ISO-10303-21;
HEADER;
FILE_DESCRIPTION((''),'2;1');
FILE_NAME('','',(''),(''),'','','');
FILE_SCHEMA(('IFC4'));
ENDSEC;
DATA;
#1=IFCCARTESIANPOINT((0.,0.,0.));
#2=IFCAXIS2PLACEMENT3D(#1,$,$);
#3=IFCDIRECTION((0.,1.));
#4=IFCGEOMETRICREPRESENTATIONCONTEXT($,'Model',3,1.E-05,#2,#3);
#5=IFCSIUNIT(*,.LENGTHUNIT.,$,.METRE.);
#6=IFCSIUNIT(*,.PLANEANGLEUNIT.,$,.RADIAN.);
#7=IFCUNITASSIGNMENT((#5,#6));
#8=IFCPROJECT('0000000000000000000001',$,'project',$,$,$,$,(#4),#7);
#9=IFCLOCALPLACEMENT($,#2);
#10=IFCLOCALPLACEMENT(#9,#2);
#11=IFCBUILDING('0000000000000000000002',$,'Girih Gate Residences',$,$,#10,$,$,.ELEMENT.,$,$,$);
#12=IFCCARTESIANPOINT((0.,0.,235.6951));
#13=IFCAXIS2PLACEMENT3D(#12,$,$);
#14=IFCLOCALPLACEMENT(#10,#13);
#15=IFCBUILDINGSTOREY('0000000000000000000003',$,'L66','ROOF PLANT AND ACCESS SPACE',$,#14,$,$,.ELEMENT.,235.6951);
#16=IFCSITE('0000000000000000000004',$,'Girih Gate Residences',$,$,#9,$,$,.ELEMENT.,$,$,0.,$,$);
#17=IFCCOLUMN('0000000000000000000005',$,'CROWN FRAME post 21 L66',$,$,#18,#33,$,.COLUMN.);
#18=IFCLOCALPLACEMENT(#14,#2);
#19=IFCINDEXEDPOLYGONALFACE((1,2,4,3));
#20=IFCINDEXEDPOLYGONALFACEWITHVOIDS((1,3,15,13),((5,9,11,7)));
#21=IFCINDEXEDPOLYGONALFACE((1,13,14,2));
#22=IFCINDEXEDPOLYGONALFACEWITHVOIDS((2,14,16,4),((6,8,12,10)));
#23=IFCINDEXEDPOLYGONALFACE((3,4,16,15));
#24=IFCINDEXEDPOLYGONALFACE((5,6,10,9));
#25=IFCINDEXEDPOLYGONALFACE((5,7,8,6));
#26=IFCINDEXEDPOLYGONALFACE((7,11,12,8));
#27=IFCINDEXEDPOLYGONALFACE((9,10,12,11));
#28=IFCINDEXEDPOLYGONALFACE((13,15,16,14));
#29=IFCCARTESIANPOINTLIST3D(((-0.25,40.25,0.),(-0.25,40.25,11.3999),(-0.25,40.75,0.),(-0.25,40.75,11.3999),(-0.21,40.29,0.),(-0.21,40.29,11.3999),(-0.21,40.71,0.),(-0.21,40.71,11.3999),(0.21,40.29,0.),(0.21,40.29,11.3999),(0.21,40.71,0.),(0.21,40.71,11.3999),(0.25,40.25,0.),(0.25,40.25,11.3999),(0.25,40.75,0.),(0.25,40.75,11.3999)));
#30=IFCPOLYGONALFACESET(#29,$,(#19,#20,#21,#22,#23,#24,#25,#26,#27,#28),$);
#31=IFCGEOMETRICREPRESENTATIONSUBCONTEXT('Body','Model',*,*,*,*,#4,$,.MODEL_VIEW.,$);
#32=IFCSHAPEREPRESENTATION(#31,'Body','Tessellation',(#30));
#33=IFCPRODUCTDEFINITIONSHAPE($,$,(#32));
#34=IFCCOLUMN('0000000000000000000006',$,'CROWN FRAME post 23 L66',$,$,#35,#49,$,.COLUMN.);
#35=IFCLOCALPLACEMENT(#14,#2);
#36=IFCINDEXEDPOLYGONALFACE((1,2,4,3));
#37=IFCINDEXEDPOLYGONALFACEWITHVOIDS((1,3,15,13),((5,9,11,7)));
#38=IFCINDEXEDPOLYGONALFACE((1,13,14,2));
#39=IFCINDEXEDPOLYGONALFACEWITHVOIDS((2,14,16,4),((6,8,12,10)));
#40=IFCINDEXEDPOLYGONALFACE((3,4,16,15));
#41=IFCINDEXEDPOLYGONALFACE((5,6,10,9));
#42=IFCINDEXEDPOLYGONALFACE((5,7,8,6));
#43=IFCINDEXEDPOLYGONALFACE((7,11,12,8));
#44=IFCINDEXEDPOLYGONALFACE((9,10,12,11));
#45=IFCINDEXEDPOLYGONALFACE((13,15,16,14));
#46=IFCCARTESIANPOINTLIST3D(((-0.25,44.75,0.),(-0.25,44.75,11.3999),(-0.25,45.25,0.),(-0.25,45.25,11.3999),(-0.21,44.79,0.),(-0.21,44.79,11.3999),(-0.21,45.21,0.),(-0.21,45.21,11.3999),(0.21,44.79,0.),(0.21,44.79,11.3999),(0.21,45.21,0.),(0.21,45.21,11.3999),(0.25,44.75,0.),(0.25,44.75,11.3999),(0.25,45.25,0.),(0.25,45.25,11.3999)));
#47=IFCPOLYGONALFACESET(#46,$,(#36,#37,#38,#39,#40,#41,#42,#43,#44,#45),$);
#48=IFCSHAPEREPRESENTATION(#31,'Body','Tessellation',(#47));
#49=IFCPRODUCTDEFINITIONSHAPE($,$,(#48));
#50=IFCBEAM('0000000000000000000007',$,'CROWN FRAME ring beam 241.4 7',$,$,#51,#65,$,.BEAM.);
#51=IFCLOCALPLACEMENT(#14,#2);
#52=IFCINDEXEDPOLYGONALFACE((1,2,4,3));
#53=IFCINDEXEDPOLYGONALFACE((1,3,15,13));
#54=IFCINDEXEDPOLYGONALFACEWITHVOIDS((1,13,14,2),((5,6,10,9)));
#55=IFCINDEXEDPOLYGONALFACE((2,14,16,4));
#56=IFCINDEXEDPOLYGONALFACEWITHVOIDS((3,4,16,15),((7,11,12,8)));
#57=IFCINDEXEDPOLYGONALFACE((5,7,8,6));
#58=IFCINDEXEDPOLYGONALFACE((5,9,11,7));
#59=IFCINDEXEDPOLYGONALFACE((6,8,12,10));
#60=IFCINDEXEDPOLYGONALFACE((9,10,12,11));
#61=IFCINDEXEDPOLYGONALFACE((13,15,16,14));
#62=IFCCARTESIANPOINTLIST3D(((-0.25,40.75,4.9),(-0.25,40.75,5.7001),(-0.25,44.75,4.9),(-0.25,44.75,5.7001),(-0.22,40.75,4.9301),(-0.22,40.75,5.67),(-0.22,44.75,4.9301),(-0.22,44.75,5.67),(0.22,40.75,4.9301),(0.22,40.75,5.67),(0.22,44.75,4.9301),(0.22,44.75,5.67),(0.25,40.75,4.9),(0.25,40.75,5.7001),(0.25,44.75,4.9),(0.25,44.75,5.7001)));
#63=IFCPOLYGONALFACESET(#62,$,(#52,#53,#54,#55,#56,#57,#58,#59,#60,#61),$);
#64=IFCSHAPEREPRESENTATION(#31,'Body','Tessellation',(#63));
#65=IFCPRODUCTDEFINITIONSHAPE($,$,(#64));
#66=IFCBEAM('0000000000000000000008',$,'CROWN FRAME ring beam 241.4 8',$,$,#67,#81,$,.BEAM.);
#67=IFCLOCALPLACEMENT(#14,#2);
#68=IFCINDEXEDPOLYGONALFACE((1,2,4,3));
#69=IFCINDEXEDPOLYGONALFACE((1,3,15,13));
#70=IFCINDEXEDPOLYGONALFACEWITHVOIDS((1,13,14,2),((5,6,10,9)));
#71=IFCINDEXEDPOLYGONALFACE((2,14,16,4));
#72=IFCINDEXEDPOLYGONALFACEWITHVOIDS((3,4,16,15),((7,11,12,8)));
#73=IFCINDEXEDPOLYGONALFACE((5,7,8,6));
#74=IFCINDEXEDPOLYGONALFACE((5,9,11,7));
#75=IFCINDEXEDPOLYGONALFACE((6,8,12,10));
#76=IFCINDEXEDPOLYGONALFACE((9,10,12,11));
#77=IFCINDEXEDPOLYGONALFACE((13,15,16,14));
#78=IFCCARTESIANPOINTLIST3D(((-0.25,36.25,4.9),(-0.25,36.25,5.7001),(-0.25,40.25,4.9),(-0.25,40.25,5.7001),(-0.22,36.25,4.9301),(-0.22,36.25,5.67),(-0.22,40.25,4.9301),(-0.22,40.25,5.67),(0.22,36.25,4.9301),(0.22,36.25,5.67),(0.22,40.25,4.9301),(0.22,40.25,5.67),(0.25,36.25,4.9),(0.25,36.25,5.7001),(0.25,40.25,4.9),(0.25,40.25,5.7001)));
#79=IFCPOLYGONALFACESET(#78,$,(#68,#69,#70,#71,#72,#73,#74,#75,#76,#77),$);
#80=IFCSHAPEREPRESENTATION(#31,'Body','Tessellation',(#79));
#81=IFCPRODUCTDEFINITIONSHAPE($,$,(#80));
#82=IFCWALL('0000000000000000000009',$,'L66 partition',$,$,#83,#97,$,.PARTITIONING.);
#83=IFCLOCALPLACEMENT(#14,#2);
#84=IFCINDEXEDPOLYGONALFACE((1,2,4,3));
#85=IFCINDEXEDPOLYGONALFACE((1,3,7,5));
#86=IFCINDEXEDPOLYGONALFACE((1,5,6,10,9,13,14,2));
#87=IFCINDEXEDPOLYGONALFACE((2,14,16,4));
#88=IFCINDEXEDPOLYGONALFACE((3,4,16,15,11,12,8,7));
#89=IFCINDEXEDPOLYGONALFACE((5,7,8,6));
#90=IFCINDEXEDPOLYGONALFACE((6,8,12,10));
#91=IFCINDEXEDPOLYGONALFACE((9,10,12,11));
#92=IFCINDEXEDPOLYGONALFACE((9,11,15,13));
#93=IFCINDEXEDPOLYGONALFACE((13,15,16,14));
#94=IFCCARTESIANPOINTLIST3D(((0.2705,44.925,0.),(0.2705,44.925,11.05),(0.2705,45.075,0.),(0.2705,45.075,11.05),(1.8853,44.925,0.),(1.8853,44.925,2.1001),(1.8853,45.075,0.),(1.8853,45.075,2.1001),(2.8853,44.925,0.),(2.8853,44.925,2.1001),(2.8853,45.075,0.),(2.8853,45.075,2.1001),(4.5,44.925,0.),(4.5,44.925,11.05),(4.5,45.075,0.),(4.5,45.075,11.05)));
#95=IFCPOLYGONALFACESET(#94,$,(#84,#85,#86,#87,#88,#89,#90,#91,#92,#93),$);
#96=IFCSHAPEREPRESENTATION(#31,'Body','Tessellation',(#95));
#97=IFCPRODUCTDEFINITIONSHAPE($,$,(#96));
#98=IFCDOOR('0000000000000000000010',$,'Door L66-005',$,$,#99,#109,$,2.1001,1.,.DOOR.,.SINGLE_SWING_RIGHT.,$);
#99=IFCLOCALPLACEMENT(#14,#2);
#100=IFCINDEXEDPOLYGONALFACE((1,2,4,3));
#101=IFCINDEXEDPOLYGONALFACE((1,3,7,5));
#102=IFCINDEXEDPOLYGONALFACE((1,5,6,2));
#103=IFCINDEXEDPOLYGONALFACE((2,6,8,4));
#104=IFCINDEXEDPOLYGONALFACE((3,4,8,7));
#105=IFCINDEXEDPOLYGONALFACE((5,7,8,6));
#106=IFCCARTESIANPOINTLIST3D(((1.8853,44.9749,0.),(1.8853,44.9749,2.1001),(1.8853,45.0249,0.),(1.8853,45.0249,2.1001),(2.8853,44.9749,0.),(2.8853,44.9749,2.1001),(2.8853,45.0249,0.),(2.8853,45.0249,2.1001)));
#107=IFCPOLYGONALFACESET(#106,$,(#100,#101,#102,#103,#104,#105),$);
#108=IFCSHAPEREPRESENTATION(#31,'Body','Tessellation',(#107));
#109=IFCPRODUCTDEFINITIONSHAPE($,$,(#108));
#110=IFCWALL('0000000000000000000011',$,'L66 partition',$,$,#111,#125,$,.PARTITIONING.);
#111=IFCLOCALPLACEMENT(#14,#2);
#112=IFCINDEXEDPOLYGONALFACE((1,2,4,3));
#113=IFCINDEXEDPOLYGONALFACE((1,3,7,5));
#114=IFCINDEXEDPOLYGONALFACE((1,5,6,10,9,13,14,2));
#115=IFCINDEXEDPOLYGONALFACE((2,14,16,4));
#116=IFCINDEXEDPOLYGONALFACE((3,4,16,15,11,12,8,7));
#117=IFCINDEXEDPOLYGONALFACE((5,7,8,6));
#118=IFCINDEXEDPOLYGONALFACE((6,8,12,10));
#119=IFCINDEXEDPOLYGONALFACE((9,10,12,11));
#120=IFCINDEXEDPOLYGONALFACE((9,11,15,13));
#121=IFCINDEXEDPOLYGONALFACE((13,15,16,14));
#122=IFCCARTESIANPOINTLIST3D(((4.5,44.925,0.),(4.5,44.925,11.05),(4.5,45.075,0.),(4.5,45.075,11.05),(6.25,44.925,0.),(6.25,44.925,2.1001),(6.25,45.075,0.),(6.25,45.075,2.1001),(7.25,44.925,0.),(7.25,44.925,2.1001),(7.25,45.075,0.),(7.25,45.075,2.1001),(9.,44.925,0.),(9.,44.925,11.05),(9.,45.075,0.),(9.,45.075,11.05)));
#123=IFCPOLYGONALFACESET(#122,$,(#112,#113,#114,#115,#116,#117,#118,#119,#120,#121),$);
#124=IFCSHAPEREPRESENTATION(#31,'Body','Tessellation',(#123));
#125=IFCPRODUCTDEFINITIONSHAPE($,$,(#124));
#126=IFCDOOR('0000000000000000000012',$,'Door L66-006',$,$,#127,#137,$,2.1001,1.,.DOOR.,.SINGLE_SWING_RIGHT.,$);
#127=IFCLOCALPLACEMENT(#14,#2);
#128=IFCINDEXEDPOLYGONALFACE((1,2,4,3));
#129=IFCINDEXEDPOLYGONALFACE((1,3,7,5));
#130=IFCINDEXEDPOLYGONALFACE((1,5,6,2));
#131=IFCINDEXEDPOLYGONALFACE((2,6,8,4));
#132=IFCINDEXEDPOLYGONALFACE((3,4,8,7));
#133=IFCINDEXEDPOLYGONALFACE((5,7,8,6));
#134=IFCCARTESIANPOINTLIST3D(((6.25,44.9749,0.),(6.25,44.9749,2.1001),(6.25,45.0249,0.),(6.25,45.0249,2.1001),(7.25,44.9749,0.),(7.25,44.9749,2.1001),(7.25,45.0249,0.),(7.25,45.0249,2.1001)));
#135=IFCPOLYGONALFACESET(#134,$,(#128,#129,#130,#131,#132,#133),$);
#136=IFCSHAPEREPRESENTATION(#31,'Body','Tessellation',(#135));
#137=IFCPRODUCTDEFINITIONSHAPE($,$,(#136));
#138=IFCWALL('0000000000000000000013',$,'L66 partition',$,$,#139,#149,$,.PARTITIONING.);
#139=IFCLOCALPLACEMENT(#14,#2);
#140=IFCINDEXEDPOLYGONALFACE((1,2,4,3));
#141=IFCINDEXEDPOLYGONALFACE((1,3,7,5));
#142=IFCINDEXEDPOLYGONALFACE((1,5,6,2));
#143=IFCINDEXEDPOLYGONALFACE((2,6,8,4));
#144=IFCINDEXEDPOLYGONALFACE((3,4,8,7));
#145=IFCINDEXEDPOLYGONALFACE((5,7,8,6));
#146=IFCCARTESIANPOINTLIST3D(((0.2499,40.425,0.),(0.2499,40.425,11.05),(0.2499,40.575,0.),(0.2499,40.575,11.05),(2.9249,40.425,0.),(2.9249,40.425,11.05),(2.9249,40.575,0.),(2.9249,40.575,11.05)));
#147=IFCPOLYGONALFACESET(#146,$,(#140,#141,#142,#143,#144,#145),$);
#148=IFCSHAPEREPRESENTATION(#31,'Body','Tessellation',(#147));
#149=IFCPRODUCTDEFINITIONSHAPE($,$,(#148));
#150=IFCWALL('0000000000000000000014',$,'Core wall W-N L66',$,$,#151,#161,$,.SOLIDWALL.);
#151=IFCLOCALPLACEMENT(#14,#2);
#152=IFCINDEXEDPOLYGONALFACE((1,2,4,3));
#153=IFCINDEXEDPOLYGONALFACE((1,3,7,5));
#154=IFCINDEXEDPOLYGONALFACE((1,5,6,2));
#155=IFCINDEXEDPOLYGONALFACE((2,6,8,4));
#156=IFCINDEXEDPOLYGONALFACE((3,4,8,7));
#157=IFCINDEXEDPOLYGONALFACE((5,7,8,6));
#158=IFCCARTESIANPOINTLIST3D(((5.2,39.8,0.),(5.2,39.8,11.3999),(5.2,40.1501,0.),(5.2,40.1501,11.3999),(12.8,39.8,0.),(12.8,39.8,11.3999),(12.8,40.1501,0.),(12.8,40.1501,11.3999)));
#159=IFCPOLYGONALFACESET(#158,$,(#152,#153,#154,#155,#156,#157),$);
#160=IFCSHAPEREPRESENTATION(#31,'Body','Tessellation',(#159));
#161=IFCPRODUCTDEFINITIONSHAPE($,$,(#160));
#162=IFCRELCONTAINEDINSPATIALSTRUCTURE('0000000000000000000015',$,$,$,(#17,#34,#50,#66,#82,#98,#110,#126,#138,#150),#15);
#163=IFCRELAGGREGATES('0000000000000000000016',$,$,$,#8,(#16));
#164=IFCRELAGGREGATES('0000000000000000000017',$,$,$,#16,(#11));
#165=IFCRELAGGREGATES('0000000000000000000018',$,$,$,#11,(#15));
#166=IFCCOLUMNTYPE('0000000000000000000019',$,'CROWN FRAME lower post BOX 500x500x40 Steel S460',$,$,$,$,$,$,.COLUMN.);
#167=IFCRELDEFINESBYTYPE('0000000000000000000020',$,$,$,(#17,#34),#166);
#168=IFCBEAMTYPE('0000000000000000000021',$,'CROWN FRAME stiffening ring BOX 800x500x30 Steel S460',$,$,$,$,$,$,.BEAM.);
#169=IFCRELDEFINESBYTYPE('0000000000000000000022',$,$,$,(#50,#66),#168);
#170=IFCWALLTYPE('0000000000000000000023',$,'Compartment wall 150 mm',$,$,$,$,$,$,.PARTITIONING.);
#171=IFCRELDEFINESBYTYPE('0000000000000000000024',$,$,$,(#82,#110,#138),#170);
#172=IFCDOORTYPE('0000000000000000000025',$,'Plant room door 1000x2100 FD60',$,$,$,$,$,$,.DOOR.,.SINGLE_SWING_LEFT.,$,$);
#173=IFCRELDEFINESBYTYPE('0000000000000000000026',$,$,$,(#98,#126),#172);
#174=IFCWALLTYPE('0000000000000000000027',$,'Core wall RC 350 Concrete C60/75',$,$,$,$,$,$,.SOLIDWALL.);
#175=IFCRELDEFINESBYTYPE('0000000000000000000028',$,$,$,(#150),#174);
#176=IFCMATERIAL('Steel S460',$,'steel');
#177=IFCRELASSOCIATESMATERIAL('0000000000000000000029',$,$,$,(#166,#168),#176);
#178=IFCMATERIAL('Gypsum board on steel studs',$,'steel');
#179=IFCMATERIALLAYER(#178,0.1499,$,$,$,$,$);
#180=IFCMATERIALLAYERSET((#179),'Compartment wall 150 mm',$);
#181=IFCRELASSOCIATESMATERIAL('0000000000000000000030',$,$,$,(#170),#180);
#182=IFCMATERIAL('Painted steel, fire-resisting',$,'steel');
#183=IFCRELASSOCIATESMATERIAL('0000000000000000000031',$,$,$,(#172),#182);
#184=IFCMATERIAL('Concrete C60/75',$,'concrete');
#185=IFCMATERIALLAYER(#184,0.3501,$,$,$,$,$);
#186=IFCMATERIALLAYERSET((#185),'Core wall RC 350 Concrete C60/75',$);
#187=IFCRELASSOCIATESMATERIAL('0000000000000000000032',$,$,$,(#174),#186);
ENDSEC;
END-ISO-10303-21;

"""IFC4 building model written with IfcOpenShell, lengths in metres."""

from ifc_helpers import new_model, si_unit, direction, frame, frame_2d, origin, origin_2d, place, context, subcontext, project, spatial, rectangle, hollow_rectangle, extrude, material, layer, layer_set, material_profile, profile_set, type_object, element, fill, save


model = new_model("IFC4")

# Units and contexts
model_context = context("Model", 3, precision=1e-05, world=origin(), true_north=direction((0.0, 1.0)))
body_context = subcontext(model_context, "Body", "Model", "MODEL_VIEW")
ifc_project = project(units=[si_unit("LENGTHUNIT", "METRE"), si_unit("PLANEANGLEUNIT", "RADIAN")], contexts=[model_context])

# Site, building, storey
site_placement = place(None, origin())
site = spatial("IfcSite", under=ifc_project, at=site_placement, Name="Girih Gate Residences", CompositionType="ELEMENT", RefElevation=0.0)
building_placement = place(site_placement, origin())
building = spatial("IfcBuilding", under=site, at=building_placement, Name="Girih Gate Residences", CompositionType="ELEMENT")
storey_placement = place(building_placement, frame((0.0, 0.0, 235.6951)))
storey = spatial("IfcBuildingStorey", under=building, at=storey_placement, Name="L66", Description="ROOF PLANT AND ACCESS SPACE", CompositionType="ELEMENT", Elevation=235.6951)

# Columns
ifc_material_1 = material(Name="Steel S460", Category="steel")
ifc_material_profile_1 = material_profile(ifc_material_1, hollow_rectangle(XDim=0.5, YDim=0.5, WallThickness=0.04, at=origin_2d()))
ifc_profile_set_1 = profile_set([ifc_material_profile_1], Name="Steel S460")
column_type = type_object("IfcColumnType", Name="CROWN FRAME lower post BOX 500x500x40 Steel S460", PredefinedType="COLUMN", material=ifc_profile_set_1)
for number, where, z_axis, x_axis, name in (
    (1, (0.0, 40.5, 0.0), (0.0, 0.0, 1.0), (1.0, 0.0, 0.0), "CROWN FRAME post 21 L66"),
    (2, (0.0, 45.0, 0.0), (0.0, 0.0, 1.0), (1.0, 0.0, 0.0), "CROWN FRAME post 23 L66"),
):
    element("IfcColumn", number, at=place(storey_placement, frame(where, z_axis=z_axis, x_axis=x_axis)), inside=storey, type_object=column_type, Name=name, PredefinedType="COLUMN", context=body_context, shape_type="SweptSolid", body=[
        extrude(hollow_rectangle(XDim=0.5, YDim=0.5, WallThickness=0.04, at=origin_2d()), origin(), (0.0, 0.0, 1.0), 11.3999),
    ])

# Beams
ifc_material_profile_2 = material_profile(ifc_material_1, hollow_rectangle(XDim=0.5, YDim=0.8, WallThickness=0.03, at=origin_2d()))
ifc_profile_set_2 = profile_set([ifc_material_profile_2], Name="Steel S460")
beam_type = type_object("IfcBeamType", Name="CROWN FRAME stiffening ring BOX 800x500x30 Steel S460", PredefinedType="BEAM", material=ifc_profile_set_2)
for number, where, z_axis, x_axis, name in (
    (3, (0.0, 44.75, 5.3), (0.0, -1.0, 0.0), (1.0, 0.0, 0.0), "CROWN FRAME ring beam 241.4 7"),
    (4, (0.0, 40.25, 5.3), (0.0, -1.0, 0.0), (1.0, 0.0, 0.0), "CROWN FRAME ring beam 241.4 8"),
):
    element("IfcBeam", number, at=place(storey_placement, frame(where, z_axis=z_axis, x_axis=x_axis)), inside=storey, type_object=beam_type, Name=name, PredefinedType="BEAM", context=body_context, shape_type="SweptSolid", body=[
        extrude(hollow_rectangle(XDim=0.5, YDim=0.8, WallThickness=0.03, at=origin_2d()), origin(), (0.0, 0.0, 1.0), 4.0),
    ])

# Walls, openings, doors
ifc_material_2 = material(Name="Gypsum board on steel studs", Category="steel")
ifc_layer_1 = layer(ifc_material_2, 0.1499)
ifc_layer_set_1 = layer_set([ifc_layer_1], Name="Compartment wall 150 mm")
wall_type_1 = type_object("IfcWallType", Name="Compartment wall 150 mm", PredefinedType="PARTITIONING", material=ifc_layer_set_1)
wall_1_placement = place(storey_placement, frame((0.2705, 45.0, 0.0), z_axis=(0.0, 0.0, 1.0), x_axis=(1.0, 0.0, 0.0)))
wall_1 = element("IfcWall", 5, at=wall_1_placement, inside=storey, type_object=wall_type_1, Name="L66 partition", PredefinedType="PARTITIONING", context=body_context, shape_type="SweptSolid", body=[
    extrude(rectangle(XDim=4.2295, YDim=0.1499, at=frame_2d((2.1147, 0.0))), origin(), (0.0, 0.0, 1.0), 11.05),
])
opening_1_placement = place(wall_1_placement, frame((1.6147, 0.0, 0.0)))
opening_1 = element("IfcOpeningElement", 6, at=opening_1_placement, cuts=wall_1, PredefinedType="OPENING", context=body_context, shape_type="SweptSolid", body=[
    extrude(rectangle(XDim=1.0, YDim=2.1001, at=frame_2d((0.5, 1.05))), frame((0.0, 0.085, 0.0), z_axis=(0.0, -1.0, 0.0), x_axis=(1.0, 0.0, 0.0)), (0.0, 0.0, 1.0), 0.1699),
])
ifc_material_3 = material(Name="Painted steel, fire-resisting", Category="steel")
door_type_1 = type_object("IfcDoorType", Name="Plant room door 1000x2100 FD60", OperationType="SINGLE_SWING_LEFT", PredefinedType="DOOR", material=ifc_material_3)
door_1_placement = place(opening_1_placement, origin())
door_1 = element("IfcDoor", 7, at=door_1_placement, inside=storey, type_object=door_type_1, Name="Door L66-005", OperationType="SINGLE_SWING_RIGHT", OverallHeight=2.1001, OverallWidth=1.0, PredefinedType="DOOR", context=body_context, shape_type="SweptSolid", body=[
    extrude(rectangle(XDim=1.0, YDim=2.1001, at=frame_2d((0.5, 1.05))), frame((0.0, 0.0249, 0.0), z_axis=(0.0, -1.0, 0.0), x_axis=(1.0, 0.0, 0.0)), (0.0, 0.0, 1.0), 0.05),
])
fill(opening_1, door_1)
wall_2_placement = place(storey_placement, frame((4.5, 45.0, 0.0), z_axis=(0.0, 0.0, 1.0), x_axis=(1.0, 0.0, 0.0)))
wall_2 = element("IfcWall", 8, at=wall_2_placement, inside=storey, type_object=wall_type_1, Name="L66 partition", PredefinedType="PARTITIONING", context=body_context, shape_type="SweptSolid", body=[
    extrude(rectangle(XDim=4.5, YDim=0.1499, at=frame_2d((2.25, 0.0))), origin(), (0.0, 0.0, 1.0), 11.05),
])
opening_2_placement = place(wall_2_placement, frame((1.75, 0.0, 0.0)))
opening_2 = element("IfcOpeningElement", 9, at=opening_2_placement, cuts=wall_2, PredefinedType="OPENING", context=body_context, shape_type="SweptSolid", body=[
    extrude(rectangle(XDim=1.0, YDim=2.1001, at=frame_2d((0.5, 1.05))), frame((0.0, 0.085, 0.0), z_axis=(0.0, -1.0, 0.0), x_axis=(1.0, 0.0, 0.0)), (0.0, 0.0, 1.0), 0.1699),
])
door_2_placement = place(opening_2_placement, origin())
door_2 = element("IfcDoor", 10, at=door_2_placement, inside=storey, type_object=door_type_1, Name="Door L66-006", OperationType="SINGLE_SWING_RIGHT", OverallHeight=2.1001, OverallWidth=1.0, PredefinedType="DOOR", context=body_context, shape_type="SweptSolid", body=[
    extrude(rectangle(XDim=1.0, YDim=2.1001, at=frame_2d((0.5, 1.05))), frame((0.0, 0.0249, 0.0), z_axis=(0.0, -1.0, 0.0), x_axis=(1.0, 0.0, 0.0)), (0.0, 0.0, 1.0), 0.05),
])
fill(opening_2, door_2)

# Walls
wall_3_placement = place(storey_placement, frame((0.25, 40.5, 0.0), z_axis=(0.0, 0.0, 1.0), x_axis=(1.0, 0.0, 0.0)))
element("IfcWall", 11, at=wall_3_placement, inside=storey, type_object=wall_type_1, Name="L66 partition", PredefinedType="PARTITIONING", context=body_context, shape_type="SweptSolid", body=[
    extrude(rectangle(XDim=2.675, YDim=0.1499, at=frame_2d((1.3374, 0.0))), origin(), (0.0, 0.0, 1.0), 11.05),
])
ifc_material_4 = material(Name="Concrete C60/75", Category="concrete")
ifc_layer_2 = layer(ifc_material_4, 0.3501)
ifc_layer_set_2 = layer_set([ifc_layer_2], Name="Core wall RC 350 Concrete C60/75")
wall_type_2 = type_object("IfcWallType", Name="Core wall RC 350 Concrete C60/75", PredefinedType="SOLIDWALL", material=ifc_layer_set_2)
wall_4_placement = place(storey_placement, frame((5.2, 39.9751, 0.0), z_axis=(0.0, 0.0, 1.0), x_axis=(1.0, 0.0, 0.0)))
element("IfcWall", 12, at=wall_4_placement, inside=storey, type_object=wall_type_2, Name="Core wall W-N L66", PredefinedType="SOLIDWALL", context=body_context, shape_type="SweptSolid", body=[
    extrude(rectangle(XDim=7.6001, YDim=0.3501, at=frame_2d((3.8, 0.0))), origin(), (0.0, 0.0, 1.0), 11.3999),
])

save(model, "model.ifc")
